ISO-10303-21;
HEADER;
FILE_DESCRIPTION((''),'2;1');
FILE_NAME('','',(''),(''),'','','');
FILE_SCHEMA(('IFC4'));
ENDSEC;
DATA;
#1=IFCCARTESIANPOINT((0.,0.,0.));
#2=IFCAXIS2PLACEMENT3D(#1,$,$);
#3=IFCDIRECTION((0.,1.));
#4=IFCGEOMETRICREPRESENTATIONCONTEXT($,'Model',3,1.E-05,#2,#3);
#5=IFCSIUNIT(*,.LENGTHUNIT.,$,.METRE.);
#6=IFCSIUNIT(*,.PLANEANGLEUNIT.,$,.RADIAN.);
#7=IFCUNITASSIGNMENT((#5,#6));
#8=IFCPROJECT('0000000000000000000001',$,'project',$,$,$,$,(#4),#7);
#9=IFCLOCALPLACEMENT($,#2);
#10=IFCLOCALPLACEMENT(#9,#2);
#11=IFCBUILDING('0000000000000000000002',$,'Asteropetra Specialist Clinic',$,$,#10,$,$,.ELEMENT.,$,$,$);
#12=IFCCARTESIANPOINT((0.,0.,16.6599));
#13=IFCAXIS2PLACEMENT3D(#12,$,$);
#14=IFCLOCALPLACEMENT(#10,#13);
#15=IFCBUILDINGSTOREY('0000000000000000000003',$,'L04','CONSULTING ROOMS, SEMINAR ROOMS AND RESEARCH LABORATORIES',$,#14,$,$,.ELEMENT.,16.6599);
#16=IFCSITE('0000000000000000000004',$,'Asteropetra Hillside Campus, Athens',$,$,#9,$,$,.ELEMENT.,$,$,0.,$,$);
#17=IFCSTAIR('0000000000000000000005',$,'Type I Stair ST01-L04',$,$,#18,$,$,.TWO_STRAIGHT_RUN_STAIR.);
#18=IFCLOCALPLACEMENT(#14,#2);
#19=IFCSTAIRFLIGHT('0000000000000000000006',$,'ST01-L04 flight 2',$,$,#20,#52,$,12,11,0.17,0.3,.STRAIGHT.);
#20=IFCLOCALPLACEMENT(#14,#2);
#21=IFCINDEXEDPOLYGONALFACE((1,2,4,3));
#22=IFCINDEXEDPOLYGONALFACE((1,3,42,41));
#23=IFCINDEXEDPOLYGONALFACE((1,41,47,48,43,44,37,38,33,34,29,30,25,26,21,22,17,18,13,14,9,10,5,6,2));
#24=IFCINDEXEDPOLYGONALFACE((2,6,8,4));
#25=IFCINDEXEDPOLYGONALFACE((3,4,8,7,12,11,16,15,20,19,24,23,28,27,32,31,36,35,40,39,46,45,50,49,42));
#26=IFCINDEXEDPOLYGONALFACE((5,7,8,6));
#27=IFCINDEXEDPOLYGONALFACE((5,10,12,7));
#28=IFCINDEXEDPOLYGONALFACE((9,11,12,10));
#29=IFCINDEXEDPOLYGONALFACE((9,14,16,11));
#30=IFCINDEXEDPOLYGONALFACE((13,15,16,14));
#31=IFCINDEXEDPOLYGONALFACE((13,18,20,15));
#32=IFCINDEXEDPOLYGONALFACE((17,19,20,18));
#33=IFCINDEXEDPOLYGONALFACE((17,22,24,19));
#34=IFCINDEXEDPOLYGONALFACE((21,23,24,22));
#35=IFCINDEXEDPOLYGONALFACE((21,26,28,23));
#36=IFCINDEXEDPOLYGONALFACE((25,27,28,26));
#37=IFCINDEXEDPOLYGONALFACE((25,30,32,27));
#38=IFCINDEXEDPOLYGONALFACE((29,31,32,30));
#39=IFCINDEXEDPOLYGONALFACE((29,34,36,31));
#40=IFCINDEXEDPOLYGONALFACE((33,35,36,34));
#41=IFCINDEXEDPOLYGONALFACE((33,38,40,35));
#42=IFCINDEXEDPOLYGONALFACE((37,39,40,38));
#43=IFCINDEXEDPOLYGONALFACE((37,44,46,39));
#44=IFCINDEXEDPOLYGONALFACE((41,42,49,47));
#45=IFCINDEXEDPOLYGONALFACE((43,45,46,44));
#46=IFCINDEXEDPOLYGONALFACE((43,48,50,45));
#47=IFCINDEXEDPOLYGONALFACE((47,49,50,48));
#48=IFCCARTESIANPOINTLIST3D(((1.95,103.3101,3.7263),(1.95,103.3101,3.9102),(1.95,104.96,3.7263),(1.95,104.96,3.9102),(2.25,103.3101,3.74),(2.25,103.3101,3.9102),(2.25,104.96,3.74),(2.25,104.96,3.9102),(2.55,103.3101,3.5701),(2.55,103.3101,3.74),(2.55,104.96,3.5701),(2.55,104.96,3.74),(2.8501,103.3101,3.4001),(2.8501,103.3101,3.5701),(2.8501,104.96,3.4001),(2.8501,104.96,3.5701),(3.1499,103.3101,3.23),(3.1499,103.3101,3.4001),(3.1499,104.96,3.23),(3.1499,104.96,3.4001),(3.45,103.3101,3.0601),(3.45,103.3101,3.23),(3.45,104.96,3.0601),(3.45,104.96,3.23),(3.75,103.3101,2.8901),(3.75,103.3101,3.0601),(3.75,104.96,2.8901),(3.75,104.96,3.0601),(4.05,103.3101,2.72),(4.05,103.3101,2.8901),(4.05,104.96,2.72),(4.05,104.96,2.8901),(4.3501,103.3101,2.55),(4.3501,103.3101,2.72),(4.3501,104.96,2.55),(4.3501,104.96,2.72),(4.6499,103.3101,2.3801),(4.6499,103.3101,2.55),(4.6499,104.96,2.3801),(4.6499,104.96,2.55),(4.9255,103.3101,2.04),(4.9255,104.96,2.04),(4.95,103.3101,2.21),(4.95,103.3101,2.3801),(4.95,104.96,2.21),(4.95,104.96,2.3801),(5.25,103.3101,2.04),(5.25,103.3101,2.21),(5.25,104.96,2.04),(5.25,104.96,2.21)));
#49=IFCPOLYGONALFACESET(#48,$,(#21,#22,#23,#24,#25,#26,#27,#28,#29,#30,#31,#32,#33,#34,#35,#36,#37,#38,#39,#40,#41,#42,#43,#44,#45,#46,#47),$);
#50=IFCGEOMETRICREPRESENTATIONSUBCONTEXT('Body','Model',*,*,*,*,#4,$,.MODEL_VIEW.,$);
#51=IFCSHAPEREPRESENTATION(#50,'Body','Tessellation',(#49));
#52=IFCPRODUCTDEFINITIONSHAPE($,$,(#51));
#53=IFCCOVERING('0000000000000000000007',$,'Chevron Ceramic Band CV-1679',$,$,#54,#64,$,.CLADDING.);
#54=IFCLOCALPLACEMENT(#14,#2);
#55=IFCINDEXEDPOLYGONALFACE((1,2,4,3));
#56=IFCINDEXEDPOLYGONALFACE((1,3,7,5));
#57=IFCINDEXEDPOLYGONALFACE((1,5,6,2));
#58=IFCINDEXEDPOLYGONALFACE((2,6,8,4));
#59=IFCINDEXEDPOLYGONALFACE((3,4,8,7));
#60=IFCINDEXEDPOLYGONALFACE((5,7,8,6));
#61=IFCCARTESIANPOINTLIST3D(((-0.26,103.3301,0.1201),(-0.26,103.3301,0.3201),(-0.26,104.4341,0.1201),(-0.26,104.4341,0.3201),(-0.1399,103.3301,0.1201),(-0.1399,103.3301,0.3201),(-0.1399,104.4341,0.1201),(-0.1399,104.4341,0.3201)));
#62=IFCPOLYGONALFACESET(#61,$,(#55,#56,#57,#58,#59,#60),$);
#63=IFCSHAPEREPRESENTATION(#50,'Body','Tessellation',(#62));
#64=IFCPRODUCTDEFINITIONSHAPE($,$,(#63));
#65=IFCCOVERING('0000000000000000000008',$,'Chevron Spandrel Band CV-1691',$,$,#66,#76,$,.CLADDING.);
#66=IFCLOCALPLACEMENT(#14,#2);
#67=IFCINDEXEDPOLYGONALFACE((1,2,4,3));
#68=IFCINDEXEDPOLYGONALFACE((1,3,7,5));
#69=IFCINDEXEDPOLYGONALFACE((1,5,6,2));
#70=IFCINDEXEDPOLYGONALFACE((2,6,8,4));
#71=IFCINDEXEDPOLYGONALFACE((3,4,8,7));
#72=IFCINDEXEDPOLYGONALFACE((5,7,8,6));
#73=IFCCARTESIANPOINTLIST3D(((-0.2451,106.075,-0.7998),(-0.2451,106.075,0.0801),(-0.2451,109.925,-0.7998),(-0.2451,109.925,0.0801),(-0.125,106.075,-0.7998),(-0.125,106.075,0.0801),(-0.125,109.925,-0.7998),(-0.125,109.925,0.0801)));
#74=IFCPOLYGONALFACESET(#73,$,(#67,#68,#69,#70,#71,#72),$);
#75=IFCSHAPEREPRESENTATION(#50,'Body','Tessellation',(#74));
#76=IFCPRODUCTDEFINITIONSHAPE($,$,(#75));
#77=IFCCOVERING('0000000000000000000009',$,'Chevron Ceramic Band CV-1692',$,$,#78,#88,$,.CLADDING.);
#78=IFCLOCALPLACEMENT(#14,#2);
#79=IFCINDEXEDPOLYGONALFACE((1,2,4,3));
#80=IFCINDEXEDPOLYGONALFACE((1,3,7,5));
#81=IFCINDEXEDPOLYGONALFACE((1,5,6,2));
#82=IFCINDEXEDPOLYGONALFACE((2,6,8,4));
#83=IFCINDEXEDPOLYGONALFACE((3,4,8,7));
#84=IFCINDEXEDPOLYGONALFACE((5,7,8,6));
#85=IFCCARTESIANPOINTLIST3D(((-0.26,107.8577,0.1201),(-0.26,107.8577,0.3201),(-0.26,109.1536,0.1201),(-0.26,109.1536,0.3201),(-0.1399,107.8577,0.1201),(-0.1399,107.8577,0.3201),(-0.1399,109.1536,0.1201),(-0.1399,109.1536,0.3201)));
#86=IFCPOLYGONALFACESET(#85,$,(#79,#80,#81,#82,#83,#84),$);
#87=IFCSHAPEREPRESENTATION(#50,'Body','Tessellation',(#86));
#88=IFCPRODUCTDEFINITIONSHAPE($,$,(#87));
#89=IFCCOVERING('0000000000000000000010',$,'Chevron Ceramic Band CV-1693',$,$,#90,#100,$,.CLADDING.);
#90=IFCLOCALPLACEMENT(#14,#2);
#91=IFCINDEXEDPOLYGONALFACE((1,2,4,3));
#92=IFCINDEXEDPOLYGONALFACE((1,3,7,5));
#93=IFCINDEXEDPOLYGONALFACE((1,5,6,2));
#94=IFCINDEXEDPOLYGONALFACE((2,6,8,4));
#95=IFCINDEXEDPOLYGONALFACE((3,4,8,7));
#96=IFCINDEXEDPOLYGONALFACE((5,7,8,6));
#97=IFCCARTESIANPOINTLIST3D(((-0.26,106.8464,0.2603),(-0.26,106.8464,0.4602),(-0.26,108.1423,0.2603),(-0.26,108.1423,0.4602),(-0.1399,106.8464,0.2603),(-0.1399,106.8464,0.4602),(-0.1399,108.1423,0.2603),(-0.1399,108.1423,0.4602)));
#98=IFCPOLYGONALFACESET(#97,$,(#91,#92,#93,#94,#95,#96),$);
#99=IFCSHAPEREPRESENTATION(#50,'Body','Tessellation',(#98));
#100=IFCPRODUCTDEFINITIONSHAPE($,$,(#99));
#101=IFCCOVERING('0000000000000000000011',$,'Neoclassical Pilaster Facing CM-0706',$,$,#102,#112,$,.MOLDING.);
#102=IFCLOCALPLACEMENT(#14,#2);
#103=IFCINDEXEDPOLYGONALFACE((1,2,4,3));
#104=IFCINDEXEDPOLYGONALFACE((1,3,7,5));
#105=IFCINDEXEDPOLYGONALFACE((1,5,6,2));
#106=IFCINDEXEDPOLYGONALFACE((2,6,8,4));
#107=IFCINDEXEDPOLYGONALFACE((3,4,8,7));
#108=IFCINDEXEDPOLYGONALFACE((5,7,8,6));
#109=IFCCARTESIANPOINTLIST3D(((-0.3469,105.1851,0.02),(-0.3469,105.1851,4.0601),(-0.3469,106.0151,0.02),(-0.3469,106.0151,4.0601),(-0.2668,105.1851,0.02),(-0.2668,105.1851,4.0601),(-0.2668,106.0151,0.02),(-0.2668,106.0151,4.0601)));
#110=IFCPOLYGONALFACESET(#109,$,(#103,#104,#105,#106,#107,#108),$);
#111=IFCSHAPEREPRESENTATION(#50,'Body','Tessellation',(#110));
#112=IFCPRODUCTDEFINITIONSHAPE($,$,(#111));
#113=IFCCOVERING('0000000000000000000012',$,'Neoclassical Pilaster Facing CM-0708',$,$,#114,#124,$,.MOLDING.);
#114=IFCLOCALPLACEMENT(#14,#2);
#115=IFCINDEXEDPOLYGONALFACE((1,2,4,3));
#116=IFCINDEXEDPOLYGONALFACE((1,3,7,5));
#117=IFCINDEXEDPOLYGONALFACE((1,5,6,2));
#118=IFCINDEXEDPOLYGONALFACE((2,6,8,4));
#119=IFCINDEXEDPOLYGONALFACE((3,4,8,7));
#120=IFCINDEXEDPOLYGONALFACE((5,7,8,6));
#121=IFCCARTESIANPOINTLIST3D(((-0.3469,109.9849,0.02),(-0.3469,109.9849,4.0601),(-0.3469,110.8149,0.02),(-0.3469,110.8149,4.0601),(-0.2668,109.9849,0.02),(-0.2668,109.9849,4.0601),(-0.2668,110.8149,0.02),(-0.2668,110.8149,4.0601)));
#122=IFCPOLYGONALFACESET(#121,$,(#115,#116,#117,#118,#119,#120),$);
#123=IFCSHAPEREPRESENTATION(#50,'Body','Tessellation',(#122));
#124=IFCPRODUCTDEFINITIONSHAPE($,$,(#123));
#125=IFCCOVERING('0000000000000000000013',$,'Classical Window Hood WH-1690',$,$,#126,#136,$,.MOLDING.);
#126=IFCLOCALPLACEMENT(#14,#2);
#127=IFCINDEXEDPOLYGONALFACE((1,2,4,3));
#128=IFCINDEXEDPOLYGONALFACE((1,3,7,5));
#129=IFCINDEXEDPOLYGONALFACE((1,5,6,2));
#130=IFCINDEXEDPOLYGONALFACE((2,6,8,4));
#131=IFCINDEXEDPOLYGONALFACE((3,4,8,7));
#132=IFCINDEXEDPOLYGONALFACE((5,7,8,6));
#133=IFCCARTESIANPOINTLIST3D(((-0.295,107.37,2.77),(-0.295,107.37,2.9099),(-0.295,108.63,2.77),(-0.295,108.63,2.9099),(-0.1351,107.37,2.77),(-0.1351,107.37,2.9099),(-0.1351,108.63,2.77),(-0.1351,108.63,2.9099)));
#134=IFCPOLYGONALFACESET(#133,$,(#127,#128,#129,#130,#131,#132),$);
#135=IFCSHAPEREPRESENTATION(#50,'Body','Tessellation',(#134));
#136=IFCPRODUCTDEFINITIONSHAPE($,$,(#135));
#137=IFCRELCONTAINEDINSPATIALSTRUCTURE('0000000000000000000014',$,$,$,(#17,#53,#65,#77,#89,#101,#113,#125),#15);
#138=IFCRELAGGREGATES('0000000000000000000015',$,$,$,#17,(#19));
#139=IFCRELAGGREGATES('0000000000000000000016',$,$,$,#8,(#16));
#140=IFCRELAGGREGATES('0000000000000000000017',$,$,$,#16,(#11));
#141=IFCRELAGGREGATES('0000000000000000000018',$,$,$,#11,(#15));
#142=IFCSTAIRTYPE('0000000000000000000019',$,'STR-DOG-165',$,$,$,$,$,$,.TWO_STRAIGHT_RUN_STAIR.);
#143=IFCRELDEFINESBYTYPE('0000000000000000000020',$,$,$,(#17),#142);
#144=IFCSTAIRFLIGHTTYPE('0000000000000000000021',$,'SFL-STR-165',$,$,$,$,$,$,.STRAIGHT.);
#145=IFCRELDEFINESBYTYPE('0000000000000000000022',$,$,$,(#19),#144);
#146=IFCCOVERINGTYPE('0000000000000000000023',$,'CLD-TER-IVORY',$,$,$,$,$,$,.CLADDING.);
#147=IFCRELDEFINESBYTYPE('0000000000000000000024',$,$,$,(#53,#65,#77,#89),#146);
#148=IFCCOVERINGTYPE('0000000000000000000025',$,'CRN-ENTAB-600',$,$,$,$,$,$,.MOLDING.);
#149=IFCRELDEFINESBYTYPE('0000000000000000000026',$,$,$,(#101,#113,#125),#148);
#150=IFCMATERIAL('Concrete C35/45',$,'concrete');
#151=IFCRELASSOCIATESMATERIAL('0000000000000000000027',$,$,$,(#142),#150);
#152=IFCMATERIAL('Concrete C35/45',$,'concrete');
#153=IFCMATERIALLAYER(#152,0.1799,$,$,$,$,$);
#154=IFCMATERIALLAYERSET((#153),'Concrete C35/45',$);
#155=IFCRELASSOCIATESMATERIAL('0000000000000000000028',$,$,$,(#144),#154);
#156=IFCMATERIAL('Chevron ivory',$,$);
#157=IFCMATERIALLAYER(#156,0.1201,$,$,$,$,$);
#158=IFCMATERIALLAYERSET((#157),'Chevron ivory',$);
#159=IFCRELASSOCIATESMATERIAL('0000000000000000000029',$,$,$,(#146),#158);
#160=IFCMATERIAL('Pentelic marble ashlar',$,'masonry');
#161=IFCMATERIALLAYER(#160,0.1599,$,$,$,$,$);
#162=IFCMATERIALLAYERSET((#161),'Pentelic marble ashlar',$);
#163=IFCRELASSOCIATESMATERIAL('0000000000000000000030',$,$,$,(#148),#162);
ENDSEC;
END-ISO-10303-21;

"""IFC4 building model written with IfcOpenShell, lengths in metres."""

from ifc_helpers import new_model, si_unit, direction, frame, origin, origin_2d, place, context, subcontext, project, spatial, polyline, rectangle, outline, extrude, material, layer, layer_set, type_object, element, aggregate, save


model = new_model("IFC4")

# Units and contexts
model_context = context("Model", 3, precision=1e-05, world=origin(), true_north=direction((0.0, 1.0)))
body_context = subcontext(model_context, "Body", "Model", "MODEL_VIEW")
ifc_project = project(units=[si_unit("LENGTHUNIT", "METRE"), si_unit("PLANEANGLEUNIT", "RADIAN")], contexts=[model_context])

# Site, building, storey
site_placement = place(None, origin())
site = spatial("IfcSite", under=ifc_project, at=site_placement, Name="Asteropetra Hillside Campus, Athens", CompositionType="ELEMENT", RefElevation=0.0)
building_placement = place(site_placement, origin())
building = spatial("IfcBuilding", under=site, at=building_placement, Name="Asteropetra Specialist Clinic", CompositionType="ELEMENT")
storey_placement = place(building_placement, frame((0.0, 0.0, 16.6599)))
storey = spatial("IfcBuildingStorey", under=building, at=storey_placement, Name="L04", Description="CONSULTING ROOMS, SEMINAR ROOMS AND RESEARCH LABORATORIES", CompositionType="ELEMENT", Elevation=16.6599)

# Stair, stair flight
ifc_material_1 = material(Name="Concrete C35/45", Category="concrete")
stair_type = type_object("IfcStairType", Name="STR-DOG-165", PredefinedType="TWO_STRAIGHT_RUN_STAIR", material=ifc_material_1)
stair_placement = place(storey_placement, origin())
stair = element("IfcStair", 1, at=stair_placement, inside=storey, type_object=stair_type, Name="Type I Stair ST01-L04", PredefinedType="TWO_STRAIGHT_RUN_STAIR")
ifc_material_2 = material(Name="Concrete C35/45", Category="concrete")
ifc_layer_1 = layer(ifc_material_2, 0.1799)
ifc_layer_set_1 = layer_set([ifc_layer_1], Name="Concrete C35/45")
stair_flight_type = type_object("IfcStairFlightType", Name="SFL-STR-165", PredefinedType="STRAIGHT", material=ifc_layer_set_1)
stair_flight_placement = place(storey_placement, frame((5.25, 104.135, 2.04), z_axis=(0.0, 0.0, 1.0), x_axis=(-1.0, 0.0, 0.0)))
stair_flight = element("IfcStairFlight", 2, at=stair_flight_placement, type_object=stair_flight_type, Name="ST01-L04 flight 2", NumberOfRisers=12, NumberOfTreads=11, PredefinedType="STRAIGHT", RiserHeight=0.17, TreadLength=0.3, context=body_context, shape_type="SweptSolid", body=[
    extrude(outline(polyline([(0.0, 0.0), (0.0, 0.1699), (0.3, 0.1699), (0.3, 0.3401), (0.6001, 0.3401), (0.6001, 0.51), (0.8999, 0.51), (0.8999, 0.6799), (1.2, 0.6799), (1.2, 0.8501), (1.5, 0.8501), (1.5, 1.02), (1.8, 1.02), (1.8, 1.1899), (2.1001, 1.1899), (2.1001, 1.3601), (2.3999, 1.3601), (2.3999, 1.53), (2.7, 1.53), (2.7, 1.7), (3.0, 1.7), (3.0, 1.8701), (3.3, 1.8701), (3.3, 2.04), (3.3, 1.6863), (0.3245, 0.0), (0.0, 0.0)])), frame((0.0, 0.825, 0.0), z_axis=(0.0, -1.0, 0.0), x_axis=(1.0, 0.0, 0.0)), (0.0, 0.0, 1.0), 1.6499),
])
aggregate(stair, [stair_flight])

# Coverings
ifc_material_3 = material(Name="Chevron ivory")
ifc_layer_2 = layer(ifc_material_3, 0.1201)
ifc_layer_set_2 = layer_set([ifc_layer_2], Name="Chevron ivory")
covering_type_1 = type_object("IfcCoveringType", Name="CLD-TER-IVORY", PredefinedType="CLADDING", material=ifc_layer_set_2)
covering_1_placement = place(storey_placement, frame((-0.2, 103.8821, 0.1201), z_axis=(0.0, 0.0, 1.0), x_axis=(1.0, 0.0, 0.0)))
element("IfcCovering", 3, at=covering_1_placement, inside=storey, type_object=covering_type_1, Name="Chevron Ceramic Band CV-1679", PredefinedType="CLADDING", context=body_context, shape_type="SweptSolid", body=[
    extrude(rectangle(XDim=0.1201, YDim=1.104, at=origin_2d()), origin(), (0.0, 0.0, 1.0), 0.2),
])
covering_2_placement = place(storey_placement, frame((-0.1851, 108.0, -0.7998), z_axis=(0.0, 0.0, 1.0), x_axis=(1.0, 0.0, 0.0)))
element("IfcCovering", 4, at=covering_2_placement, inside=storey, type_object=covering_type_1, Name="Chevron Spandrel Band CV-1691", PredefinedType="CLADDING", context=body_context, shape_type="SweptSolid", body=[
    extrude(rectangle(XDim=0.1201, YDim=3.8501, at=origin_2d()), origin(), (0.0, 0.0, 1.0), 0.8799),
])
for number, where, z_axis, x_axis, name in (
    (5, (-0.2, 108.5056, 0.1201), (0.0, 0.0, 1.0), (1.0, 0.0, 0.0), "Chevron Ceramic Band CV-1692"),
    (6, (-0.2, 107.4944, 0.2603), (0.0, 0.0, 1.0), (1.0, 0.0, 0.0), "Chevron Ceramic Band CV-1693"),
):
    element("IfcCovering", number, at=place(storey_placement, frame(where, z_axis=z_axis, x_axis=x_axis)), inside=storey, type_object=covering_type_1, Name=name, PredefinedType="CLADDING", context=body_context, shape_type="SweptSolid", body=[
        extrude(rectangle(XDim=0.1201, YDim=1.2959, at=origin_2d()), origin(), (0.0, 0.0, 1.0), 0.2),
    ])
ifc_material_4 = material(Name="Pentelic marble ashlar", Category="masonry")
ifc_layer_3 = layer(ifc_material_4, 0.1599)
ifc_layer_set_3 = layer_set([ifc_layer_3], Name="Pentelic marble ashlar")
covering_type_2 = type_object("IfcCoveringType", Name="CRN-ENTAB-600", PredefinedType="MOLDING", material=ifc_layer_set_3)
for number, where, z_axis, x_axis, name in (
    (7, (-0.3069, 105.6001, 0.02), (0.0, 0.0, 1.0), (1.0, 0.0, 0.0), "Neoclassical Pilaster Facing CM-0706"),
    (8, (-0.3069, 110.3999, 0.02), (0.0, 0.0, 1.0), (1.0, 0.0, 0.0), "Neoclassical Pilaster Facing CM-0708"),
):
    element("IfcCovering", number, at=place(storey_placement, frame(where, z_axis=z_axis, x_axis=x_axis)), inside=storey, type_object=covering_type_2, Name=name, PredefinedType="MOLDING", context=body_context, shape_type="SweptSolid", body=[
        extrude(rectangle(XDim=0.0801, YDim=0.8301, at=origin_2d()), origin(), (0.0, 0.0, 1.0), 4.04),
    ])
covering_3_placement = place(storey_placement, frame((-0.2151, 108.0, 2.77), z_axis=(0.0, 0.0, 1.0), x_axis=(1.0, 0.0, 0.0)))
element("IfcCovering", 9, at=covering_3_placement, inside=storey, type_object=covering_type_2, Name="Classical Window Hood WH-1690", PredefinedType="MOLDING", context=body_context, shape_type="SweptSolid", body=[
    extrude(rectangle(XDim=0.1599, YDim=1.26, at=origin_2d()), origin(), (0.0, 0.0, 1.0), 0.1399),
])

save(model, "model.ifc")
